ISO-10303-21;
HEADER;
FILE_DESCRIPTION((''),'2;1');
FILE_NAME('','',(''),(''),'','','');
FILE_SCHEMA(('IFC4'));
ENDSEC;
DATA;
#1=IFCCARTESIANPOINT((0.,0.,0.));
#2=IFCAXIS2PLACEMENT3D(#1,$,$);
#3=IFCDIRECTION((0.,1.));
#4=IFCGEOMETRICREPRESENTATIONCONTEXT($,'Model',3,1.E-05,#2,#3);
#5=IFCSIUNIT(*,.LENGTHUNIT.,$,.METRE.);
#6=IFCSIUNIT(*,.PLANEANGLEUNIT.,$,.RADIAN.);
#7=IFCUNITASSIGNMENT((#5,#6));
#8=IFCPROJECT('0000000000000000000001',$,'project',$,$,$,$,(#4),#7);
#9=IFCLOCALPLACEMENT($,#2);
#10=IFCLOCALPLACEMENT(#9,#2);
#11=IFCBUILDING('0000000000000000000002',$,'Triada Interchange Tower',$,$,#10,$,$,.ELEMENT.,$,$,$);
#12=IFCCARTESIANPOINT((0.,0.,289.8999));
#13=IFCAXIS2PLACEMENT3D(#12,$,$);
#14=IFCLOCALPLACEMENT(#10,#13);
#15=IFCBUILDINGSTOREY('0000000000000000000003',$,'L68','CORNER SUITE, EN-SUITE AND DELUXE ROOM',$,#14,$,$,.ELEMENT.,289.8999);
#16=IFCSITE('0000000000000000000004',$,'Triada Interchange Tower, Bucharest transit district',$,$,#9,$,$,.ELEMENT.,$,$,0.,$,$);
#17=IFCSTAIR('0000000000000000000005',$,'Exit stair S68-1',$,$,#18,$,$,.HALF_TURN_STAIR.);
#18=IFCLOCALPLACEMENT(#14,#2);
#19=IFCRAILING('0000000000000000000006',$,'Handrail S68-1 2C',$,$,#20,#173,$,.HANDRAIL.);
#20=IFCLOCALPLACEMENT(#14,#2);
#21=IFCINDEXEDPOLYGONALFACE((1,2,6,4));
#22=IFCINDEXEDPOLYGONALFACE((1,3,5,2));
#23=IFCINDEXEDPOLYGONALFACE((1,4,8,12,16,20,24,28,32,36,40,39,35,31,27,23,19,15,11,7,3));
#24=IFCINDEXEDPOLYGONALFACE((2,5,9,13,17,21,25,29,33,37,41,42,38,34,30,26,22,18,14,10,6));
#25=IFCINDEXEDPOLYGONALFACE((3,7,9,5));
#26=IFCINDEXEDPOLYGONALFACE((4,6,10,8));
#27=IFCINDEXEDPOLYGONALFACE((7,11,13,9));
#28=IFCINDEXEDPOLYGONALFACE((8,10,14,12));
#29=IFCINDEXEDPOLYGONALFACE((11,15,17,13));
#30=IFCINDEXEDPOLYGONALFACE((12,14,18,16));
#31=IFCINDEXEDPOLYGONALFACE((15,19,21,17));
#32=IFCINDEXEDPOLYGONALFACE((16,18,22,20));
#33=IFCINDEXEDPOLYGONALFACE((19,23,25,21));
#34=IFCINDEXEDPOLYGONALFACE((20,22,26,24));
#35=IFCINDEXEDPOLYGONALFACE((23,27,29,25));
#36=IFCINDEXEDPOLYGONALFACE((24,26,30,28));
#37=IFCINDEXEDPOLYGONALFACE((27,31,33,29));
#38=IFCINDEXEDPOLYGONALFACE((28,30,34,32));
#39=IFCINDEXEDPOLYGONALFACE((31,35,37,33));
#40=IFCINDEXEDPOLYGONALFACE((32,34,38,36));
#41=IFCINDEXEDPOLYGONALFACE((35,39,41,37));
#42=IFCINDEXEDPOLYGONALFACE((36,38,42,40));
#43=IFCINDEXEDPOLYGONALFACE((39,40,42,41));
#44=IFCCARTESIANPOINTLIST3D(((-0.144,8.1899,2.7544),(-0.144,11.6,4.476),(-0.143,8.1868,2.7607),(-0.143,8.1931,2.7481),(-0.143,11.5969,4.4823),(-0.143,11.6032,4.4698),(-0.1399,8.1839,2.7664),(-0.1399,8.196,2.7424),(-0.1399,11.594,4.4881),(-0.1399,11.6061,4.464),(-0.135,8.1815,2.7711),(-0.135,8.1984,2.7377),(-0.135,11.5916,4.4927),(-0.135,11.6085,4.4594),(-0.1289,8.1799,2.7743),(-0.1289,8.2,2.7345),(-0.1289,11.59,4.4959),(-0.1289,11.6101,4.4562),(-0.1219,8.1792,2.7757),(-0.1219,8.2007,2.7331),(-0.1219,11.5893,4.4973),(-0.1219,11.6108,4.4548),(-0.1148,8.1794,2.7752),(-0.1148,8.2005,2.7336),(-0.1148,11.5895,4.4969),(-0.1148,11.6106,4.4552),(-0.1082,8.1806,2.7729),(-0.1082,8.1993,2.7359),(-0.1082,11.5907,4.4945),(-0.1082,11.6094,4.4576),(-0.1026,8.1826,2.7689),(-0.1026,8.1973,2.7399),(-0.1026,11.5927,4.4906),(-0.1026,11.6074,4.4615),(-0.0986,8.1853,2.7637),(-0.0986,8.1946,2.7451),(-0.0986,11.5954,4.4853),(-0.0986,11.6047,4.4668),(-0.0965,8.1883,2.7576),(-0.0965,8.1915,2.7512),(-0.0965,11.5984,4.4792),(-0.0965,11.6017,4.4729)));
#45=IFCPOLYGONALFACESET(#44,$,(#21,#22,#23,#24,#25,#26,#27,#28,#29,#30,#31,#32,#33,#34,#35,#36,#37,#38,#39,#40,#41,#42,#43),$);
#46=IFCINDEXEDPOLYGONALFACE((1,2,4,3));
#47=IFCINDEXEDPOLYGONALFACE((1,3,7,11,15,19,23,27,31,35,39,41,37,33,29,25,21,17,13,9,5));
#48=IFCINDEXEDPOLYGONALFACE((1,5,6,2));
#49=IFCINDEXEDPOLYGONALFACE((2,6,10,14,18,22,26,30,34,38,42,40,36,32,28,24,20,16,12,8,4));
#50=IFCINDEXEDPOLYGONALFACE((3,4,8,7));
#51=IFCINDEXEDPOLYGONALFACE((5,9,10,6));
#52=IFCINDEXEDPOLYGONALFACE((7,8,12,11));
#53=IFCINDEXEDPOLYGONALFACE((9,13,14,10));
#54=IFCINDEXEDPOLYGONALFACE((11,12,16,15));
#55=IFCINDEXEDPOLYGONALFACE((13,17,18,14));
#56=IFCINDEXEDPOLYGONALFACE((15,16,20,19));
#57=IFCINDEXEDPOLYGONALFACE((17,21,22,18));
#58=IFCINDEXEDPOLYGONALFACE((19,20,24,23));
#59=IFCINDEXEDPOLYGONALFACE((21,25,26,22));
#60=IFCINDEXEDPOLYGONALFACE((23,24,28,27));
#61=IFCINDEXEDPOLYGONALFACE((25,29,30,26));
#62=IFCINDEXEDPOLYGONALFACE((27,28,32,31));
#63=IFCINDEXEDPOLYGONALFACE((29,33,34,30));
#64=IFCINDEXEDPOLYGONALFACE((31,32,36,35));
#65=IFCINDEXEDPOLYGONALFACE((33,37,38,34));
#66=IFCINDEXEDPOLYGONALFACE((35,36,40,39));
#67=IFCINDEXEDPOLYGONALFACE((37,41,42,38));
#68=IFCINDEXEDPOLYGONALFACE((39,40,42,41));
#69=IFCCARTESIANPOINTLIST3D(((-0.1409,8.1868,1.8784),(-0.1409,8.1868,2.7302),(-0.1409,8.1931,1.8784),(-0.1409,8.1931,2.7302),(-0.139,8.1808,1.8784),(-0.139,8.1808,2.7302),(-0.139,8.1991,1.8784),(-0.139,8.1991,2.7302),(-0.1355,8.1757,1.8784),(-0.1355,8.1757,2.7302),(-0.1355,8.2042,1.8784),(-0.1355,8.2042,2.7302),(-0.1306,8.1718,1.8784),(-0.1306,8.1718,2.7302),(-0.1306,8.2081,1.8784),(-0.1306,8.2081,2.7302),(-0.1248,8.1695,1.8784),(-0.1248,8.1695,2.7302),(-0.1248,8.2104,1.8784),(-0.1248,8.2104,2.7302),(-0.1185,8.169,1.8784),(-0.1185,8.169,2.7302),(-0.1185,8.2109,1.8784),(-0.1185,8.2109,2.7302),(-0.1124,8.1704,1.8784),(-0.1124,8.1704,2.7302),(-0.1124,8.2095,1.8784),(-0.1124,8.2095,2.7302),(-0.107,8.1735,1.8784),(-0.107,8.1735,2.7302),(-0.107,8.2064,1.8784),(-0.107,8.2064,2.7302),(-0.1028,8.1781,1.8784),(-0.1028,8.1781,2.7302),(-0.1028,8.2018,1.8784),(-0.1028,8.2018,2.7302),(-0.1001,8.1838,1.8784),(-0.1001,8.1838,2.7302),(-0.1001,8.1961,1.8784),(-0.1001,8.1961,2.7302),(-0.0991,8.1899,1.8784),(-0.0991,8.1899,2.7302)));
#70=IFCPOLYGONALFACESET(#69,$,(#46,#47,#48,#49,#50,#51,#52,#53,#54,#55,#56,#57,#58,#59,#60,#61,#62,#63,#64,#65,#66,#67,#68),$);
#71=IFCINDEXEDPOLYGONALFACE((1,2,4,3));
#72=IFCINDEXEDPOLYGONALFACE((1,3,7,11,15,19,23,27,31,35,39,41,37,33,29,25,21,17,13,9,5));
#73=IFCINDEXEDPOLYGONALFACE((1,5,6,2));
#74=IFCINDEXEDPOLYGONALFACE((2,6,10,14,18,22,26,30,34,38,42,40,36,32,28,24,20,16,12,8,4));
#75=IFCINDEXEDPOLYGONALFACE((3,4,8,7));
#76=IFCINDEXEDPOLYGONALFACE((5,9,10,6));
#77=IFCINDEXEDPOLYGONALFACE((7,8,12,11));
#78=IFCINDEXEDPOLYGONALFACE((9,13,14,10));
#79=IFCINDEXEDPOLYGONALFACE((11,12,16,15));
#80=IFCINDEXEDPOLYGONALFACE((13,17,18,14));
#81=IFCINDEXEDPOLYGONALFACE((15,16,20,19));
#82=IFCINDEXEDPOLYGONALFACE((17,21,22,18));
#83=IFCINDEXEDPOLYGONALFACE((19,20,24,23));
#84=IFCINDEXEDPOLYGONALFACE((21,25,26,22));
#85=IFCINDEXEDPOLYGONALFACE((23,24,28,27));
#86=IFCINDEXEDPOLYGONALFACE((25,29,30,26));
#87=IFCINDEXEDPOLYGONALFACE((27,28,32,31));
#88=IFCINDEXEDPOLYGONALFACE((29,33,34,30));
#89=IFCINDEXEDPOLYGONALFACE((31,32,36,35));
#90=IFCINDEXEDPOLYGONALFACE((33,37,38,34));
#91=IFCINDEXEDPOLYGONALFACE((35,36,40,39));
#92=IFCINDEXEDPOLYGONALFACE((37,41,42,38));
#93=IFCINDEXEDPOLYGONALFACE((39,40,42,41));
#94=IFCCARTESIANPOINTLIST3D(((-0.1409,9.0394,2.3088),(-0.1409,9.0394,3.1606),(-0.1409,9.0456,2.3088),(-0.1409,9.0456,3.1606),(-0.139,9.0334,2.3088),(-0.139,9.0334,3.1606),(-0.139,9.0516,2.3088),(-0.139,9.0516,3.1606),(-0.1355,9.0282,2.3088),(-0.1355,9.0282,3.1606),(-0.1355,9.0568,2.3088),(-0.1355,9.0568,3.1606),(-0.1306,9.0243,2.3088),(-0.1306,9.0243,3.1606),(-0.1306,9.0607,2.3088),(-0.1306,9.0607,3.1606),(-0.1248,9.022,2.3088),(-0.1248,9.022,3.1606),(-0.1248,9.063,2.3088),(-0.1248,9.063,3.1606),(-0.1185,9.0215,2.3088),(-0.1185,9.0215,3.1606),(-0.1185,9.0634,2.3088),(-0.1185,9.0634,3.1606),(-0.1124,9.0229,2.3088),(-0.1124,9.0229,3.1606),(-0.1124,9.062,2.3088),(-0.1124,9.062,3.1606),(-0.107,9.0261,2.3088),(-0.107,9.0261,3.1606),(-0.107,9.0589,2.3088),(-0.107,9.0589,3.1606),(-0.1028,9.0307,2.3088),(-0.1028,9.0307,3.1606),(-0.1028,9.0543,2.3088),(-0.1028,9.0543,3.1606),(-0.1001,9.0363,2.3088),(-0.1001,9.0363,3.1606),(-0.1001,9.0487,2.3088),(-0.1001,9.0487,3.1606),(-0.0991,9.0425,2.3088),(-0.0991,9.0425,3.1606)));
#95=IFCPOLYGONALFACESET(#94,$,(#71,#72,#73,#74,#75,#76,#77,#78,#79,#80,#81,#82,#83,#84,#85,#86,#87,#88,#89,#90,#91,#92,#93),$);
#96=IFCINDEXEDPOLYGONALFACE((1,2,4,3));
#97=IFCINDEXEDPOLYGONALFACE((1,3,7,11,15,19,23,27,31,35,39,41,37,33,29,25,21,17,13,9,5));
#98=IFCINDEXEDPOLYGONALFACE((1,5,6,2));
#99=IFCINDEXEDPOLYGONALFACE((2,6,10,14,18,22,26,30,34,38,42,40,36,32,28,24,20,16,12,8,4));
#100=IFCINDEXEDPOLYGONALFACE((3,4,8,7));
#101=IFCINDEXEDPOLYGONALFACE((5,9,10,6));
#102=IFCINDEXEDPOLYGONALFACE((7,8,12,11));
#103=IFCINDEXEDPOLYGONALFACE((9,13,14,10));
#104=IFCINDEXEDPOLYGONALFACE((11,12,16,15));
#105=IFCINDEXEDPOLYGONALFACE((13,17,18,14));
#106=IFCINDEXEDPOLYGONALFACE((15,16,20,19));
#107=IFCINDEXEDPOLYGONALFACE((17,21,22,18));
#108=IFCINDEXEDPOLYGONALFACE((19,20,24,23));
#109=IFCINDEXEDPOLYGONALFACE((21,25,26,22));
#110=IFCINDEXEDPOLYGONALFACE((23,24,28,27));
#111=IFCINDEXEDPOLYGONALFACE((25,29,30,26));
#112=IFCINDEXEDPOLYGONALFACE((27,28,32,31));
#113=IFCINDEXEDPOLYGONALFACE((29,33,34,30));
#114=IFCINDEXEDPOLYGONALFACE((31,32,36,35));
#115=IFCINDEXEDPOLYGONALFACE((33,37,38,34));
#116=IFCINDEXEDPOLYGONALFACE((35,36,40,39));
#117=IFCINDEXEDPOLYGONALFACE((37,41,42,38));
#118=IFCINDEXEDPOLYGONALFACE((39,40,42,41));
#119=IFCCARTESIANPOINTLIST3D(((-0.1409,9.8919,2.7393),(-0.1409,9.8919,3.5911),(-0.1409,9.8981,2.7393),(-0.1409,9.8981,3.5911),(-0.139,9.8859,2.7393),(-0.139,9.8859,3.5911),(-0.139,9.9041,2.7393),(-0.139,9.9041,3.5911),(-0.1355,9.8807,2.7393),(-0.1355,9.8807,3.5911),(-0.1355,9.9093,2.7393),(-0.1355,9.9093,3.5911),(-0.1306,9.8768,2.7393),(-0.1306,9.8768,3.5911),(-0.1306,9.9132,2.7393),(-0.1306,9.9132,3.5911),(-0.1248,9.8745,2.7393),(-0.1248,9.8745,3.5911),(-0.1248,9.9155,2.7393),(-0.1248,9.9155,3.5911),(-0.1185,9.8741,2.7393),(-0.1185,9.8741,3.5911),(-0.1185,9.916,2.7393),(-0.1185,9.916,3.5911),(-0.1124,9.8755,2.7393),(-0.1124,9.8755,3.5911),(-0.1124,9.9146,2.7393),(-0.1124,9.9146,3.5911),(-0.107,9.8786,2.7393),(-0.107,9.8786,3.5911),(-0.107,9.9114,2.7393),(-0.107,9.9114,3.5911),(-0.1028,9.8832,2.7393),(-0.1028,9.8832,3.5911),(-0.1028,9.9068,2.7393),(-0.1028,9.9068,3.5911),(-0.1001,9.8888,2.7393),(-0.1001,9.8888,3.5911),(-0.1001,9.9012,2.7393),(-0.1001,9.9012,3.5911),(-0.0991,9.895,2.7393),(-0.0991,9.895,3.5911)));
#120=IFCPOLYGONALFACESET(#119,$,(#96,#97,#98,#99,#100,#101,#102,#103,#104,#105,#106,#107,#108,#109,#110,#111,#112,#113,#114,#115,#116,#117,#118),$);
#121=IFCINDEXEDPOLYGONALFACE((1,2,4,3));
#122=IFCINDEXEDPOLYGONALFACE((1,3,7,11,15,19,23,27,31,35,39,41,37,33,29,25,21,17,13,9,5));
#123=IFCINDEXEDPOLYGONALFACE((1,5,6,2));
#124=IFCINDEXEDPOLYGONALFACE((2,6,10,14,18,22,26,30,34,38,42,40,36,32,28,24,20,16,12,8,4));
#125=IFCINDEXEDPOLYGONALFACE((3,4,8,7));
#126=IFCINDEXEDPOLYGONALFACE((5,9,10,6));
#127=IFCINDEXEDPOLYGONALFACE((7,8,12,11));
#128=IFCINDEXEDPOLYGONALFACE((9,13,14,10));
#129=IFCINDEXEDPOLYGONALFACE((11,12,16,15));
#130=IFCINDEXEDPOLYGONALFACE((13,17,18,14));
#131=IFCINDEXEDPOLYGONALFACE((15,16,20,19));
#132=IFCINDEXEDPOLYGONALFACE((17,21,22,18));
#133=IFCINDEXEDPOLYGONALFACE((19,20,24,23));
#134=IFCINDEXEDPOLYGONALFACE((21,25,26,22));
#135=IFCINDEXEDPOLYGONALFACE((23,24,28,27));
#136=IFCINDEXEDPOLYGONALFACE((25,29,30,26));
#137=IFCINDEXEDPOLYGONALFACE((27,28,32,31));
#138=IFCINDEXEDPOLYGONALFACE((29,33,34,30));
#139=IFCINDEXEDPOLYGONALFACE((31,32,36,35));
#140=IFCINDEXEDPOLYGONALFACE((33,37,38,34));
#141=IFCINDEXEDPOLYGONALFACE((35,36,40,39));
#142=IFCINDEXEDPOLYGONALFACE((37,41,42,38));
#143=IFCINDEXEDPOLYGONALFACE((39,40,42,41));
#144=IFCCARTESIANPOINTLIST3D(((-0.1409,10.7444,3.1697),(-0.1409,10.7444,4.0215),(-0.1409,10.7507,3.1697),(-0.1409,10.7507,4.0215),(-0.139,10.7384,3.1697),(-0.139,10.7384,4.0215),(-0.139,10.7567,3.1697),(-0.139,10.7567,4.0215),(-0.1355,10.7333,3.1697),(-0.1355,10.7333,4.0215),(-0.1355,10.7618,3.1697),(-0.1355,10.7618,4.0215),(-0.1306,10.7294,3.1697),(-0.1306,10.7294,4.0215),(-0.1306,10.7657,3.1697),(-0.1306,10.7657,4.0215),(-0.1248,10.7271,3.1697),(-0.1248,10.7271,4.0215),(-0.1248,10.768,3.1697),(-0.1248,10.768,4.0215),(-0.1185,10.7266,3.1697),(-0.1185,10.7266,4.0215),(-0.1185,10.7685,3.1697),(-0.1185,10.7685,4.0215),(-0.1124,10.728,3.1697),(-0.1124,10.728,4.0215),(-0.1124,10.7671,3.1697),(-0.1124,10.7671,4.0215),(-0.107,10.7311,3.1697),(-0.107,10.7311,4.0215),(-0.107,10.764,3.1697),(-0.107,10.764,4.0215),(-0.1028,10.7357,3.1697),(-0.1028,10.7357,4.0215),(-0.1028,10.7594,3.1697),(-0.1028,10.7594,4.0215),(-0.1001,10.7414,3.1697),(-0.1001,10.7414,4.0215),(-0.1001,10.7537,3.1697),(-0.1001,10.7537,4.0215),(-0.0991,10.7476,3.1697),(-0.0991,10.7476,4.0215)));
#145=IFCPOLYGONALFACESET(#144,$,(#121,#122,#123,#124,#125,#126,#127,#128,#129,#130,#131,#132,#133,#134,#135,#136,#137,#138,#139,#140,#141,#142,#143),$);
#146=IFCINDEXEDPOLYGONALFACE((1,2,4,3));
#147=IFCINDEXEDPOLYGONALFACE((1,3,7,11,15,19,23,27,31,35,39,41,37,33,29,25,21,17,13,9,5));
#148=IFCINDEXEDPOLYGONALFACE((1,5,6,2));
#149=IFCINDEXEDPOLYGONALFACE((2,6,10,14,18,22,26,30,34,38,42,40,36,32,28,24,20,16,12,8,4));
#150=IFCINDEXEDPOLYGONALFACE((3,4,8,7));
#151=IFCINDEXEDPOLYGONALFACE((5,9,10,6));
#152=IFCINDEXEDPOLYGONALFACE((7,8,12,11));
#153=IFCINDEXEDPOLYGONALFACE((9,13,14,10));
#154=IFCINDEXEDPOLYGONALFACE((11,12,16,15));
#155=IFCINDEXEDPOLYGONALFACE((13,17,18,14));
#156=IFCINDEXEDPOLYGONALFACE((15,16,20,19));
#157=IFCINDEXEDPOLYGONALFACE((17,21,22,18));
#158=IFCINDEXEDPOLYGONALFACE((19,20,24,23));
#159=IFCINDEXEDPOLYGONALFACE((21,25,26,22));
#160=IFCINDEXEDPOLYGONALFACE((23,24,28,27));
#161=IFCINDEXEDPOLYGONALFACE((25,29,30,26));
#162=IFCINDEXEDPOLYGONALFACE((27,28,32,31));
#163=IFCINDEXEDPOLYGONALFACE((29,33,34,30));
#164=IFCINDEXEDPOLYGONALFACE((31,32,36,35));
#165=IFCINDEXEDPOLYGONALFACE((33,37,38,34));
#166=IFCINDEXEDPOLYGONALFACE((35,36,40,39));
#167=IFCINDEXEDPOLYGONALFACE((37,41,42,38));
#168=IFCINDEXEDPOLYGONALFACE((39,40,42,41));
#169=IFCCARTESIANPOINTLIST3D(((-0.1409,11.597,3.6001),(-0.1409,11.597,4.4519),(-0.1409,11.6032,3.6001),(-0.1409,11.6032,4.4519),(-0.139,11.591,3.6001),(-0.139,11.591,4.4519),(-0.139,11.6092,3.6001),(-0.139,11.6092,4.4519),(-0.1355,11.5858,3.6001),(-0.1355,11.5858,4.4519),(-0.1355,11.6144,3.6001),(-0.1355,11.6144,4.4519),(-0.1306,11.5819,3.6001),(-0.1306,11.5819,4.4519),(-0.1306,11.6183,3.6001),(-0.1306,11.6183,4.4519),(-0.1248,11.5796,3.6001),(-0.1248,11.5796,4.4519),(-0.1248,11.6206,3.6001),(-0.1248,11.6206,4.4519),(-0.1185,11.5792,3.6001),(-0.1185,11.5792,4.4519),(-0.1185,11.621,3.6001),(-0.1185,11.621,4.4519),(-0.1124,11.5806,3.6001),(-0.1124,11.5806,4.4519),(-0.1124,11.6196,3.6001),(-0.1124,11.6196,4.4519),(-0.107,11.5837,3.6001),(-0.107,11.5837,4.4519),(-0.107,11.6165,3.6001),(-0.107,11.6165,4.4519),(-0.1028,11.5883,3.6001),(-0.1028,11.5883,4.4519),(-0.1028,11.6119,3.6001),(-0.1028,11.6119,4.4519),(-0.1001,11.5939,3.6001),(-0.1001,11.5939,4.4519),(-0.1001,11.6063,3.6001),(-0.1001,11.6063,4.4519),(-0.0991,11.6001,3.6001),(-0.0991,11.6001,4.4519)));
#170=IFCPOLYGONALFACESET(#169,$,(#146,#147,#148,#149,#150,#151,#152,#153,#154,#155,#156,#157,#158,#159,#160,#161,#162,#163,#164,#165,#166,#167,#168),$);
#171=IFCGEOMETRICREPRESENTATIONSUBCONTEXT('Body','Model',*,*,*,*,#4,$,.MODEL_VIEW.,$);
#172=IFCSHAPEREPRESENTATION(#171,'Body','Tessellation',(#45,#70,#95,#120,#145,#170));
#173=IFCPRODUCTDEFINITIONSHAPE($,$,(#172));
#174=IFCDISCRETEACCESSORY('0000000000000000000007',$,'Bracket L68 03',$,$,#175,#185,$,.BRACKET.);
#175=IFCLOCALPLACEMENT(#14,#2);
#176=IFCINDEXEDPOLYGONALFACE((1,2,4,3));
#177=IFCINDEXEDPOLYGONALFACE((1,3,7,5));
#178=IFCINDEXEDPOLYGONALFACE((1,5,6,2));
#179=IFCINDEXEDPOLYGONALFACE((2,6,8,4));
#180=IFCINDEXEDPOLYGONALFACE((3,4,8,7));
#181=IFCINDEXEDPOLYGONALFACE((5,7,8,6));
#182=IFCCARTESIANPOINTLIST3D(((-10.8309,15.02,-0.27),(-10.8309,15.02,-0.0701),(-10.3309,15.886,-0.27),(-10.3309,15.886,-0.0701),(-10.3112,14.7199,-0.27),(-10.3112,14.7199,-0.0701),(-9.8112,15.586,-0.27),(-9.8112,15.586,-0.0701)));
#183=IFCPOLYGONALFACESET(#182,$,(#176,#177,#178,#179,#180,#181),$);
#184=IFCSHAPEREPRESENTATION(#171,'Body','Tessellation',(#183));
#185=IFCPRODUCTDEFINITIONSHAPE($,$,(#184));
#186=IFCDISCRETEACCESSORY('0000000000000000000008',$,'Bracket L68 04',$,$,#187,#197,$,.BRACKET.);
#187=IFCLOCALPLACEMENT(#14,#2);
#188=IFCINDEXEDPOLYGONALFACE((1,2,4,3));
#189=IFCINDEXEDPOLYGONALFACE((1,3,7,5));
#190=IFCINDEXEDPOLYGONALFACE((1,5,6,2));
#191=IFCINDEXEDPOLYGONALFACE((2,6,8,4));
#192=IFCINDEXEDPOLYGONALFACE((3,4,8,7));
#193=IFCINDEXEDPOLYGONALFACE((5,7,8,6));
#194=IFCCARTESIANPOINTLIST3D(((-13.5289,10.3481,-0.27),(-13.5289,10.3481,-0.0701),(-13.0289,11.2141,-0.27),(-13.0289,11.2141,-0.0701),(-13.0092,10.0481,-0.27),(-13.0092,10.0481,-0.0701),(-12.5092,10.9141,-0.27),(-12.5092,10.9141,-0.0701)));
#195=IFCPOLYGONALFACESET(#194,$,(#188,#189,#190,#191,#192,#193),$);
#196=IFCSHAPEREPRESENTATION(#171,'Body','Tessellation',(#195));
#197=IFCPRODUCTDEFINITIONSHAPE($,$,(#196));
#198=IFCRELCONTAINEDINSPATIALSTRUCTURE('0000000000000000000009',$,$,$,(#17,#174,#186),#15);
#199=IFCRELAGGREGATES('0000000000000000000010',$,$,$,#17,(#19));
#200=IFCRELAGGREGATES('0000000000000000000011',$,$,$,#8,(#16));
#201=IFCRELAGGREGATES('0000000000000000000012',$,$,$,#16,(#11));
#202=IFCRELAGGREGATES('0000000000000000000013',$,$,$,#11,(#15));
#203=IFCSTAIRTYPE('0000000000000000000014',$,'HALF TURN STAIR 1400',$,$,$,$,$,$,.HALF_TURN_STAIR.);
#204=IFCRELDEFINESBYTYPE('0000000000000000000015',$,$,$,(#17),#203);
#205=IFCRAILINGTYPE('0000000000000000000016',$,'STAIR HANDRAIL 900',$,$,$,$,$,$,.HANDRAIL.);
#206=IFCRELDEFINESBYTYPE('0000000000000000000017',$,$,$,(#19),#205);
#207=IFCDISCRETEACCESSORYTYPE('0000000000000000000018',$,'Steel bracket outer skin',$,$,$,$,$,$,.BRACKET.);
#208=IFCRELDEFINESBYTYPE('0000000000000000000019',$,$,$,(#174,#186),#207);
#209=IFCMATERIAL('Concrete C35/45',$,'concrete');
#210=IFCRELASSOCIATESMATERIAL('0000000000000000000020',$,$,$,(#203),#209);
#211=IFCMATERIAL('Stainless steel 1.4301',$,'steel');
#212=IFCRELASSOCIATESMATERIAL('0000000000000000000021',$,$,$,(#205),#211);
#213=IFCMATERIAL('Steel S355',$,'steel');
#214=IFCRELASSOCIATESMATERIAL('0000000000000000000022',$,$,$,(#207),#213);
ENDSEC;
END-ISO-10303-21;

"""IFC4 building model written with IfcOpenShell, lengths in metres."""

from ifc_helpers import new_model, si_unit, direction, frame, origin, origin_2d, place, context, subcontext, project, spatial, rectangle, circle, extrude, material, type_object, element, aggregate, save


model = new_model("IFC4")

# Units and contexts
model_context = context("Model", 3, precision=1e-05, world=origin(), true_north=direction((0.0, 1.0)))
body_context = subcontext(model_context, "Body", "Model", "MODEL_VIEW")
ifc_project = project(units=[si_unit("LENGTHUNIT", "METRE"), si_unit("PLANEANGLEUNIT", "RADIAN")], contexts=[model_context])

# Site, building, storey
site_placement = place(None, origin())
site = spatial("IfcSite", under=ifc_project, at=site_placement, Name="Triada Interchange Tower, Bucharest transit district", CompositionType="ELEMENT", RefElevation=0.0)
building_placement = place(site_placement, origin())
building = spatial("IfcBuilding", under=site, at=building_placement, Name="Triada Interchange Tower", CompositionType="ELEMENT")
storey_placement = place(building_placement, frame((0.0, 0.0, 289.8999)))
storey = spatial("IfcBuildingStorey", under=building, at=storey_placement, Name="L68", Description="CORNER SUITE, EN-SUITE AND DELUXE ROOM", CompositionType="ELEMENT", Elevation=289.8999)

# Stair
ifc_material_1 = material(Name="Concrete C35/45", Category="concrete")
stair_type = type_object("IfcStairType", Name="HALF TURN STAIR 1400", PredefinedType="HALF_TURN_STAIR", material=ifc_material_1)
stair_placement = place(storey_placement, origin())
stair = element("IfcStair", 1, at=stair_placement, inside=storey, type_object=stair_type, Name="Exit stair S68-1", PredefinedType="HALF_TURN_STAIR")

# Railing
ifc_material_2 = material(Name="Stainless steel 1.4301", Category="steel")
railing_type = type_object("IfcRailingType", Name="STAIR HANDRAIL 900", PredefinedType="HANDRAIL", material=ifc_material_2)
railing_1_placement = place(storey_placement, frame((-0.1201, 8.1899, 1.8784)))
railing_1 = element("IfcRailing", 2, at=railing_1_placement, type_object=railing_type, Name="Handrail S68-1 2C", PredefinedType="HANDRAIL", context=body_context, shape_type="SweptSolid", body=[
    extrude(circle(Radius=0.0239, at=origin_2d()), frame((0.0, 0.0, 0.876), z_axis=(0.0, 0.892682, 0.450687), x_axis=(-1.0, 0.0, 0.0)), (0.0, 0.0, 1.0), 3.8201),
    extrude(circle(Radius=0.021, at=origin_2d()), origin(), (0.0, 0.0, 1.0), 0.8518),
    extrude(circle(Radius=0.021, at=origin_2d()), frame((0.0, 0.8525, 0.4304)), (0.0, 0.0, 1.0), 0.8518),
    extrude(circle(Radius=0.021, at=origin_2d()), frame((0.0, 1.7051, 0.8608)), (0.0, 0.0, 1.0), 0.8518),
    extrude(circle(Radius=0.021, at=origin_2d()), frame((0.0, 2.5576, 1.2913)), (0.0, 0.0, 1.0), 0.8518),
    extrude(circle(Radius=0.021, at=origin_2d()), frame((0.0, 3.4102, 1.7217)), (0.0, 0.0, 1.0), 0.8518),
])
aggregate(stair, [railing_1])

# Discrete accessories
ifc_material_3 = material(Name="Steel S355", Category="steel")
discrete_accessory_type = type_object("IfcDiscreteAccessoryType", Name="Steel bracket outer skin", PredefinedType="BRACKET", material=ifc_material_3)
for number, where, z_axis, x_axis, name in (
    (3, (-10.321, 15.303, -0.27), (0.0, 0.0, 1.0), (-0.866023, 0.500004, 0.0), "Bracket L68 03"),
    (4, (-13.019, 10.6311, -0.27), (0.0, 0.0, 1.0), (-0.866023, 0.500004, 0.0), "Bracket L68 04"),
):
    element("IfcDiscreteAccessory", number, at=place(storey_placement, frame(where, z_axis=z_axis, x_axis=x_axis)), inside=storey, type_object=discrete_accessory_type, Name=name, PredefinedType="BRACKET", context=body_context, shape_type="SweptSolid", body=[
        extrude(rectangle(XDim=0.6001, YDim=1.0, at=origin_2d()), origin(), (0.0, 0.0, 1.0), 0.2),
    ])

save(model, "model.ifc")
